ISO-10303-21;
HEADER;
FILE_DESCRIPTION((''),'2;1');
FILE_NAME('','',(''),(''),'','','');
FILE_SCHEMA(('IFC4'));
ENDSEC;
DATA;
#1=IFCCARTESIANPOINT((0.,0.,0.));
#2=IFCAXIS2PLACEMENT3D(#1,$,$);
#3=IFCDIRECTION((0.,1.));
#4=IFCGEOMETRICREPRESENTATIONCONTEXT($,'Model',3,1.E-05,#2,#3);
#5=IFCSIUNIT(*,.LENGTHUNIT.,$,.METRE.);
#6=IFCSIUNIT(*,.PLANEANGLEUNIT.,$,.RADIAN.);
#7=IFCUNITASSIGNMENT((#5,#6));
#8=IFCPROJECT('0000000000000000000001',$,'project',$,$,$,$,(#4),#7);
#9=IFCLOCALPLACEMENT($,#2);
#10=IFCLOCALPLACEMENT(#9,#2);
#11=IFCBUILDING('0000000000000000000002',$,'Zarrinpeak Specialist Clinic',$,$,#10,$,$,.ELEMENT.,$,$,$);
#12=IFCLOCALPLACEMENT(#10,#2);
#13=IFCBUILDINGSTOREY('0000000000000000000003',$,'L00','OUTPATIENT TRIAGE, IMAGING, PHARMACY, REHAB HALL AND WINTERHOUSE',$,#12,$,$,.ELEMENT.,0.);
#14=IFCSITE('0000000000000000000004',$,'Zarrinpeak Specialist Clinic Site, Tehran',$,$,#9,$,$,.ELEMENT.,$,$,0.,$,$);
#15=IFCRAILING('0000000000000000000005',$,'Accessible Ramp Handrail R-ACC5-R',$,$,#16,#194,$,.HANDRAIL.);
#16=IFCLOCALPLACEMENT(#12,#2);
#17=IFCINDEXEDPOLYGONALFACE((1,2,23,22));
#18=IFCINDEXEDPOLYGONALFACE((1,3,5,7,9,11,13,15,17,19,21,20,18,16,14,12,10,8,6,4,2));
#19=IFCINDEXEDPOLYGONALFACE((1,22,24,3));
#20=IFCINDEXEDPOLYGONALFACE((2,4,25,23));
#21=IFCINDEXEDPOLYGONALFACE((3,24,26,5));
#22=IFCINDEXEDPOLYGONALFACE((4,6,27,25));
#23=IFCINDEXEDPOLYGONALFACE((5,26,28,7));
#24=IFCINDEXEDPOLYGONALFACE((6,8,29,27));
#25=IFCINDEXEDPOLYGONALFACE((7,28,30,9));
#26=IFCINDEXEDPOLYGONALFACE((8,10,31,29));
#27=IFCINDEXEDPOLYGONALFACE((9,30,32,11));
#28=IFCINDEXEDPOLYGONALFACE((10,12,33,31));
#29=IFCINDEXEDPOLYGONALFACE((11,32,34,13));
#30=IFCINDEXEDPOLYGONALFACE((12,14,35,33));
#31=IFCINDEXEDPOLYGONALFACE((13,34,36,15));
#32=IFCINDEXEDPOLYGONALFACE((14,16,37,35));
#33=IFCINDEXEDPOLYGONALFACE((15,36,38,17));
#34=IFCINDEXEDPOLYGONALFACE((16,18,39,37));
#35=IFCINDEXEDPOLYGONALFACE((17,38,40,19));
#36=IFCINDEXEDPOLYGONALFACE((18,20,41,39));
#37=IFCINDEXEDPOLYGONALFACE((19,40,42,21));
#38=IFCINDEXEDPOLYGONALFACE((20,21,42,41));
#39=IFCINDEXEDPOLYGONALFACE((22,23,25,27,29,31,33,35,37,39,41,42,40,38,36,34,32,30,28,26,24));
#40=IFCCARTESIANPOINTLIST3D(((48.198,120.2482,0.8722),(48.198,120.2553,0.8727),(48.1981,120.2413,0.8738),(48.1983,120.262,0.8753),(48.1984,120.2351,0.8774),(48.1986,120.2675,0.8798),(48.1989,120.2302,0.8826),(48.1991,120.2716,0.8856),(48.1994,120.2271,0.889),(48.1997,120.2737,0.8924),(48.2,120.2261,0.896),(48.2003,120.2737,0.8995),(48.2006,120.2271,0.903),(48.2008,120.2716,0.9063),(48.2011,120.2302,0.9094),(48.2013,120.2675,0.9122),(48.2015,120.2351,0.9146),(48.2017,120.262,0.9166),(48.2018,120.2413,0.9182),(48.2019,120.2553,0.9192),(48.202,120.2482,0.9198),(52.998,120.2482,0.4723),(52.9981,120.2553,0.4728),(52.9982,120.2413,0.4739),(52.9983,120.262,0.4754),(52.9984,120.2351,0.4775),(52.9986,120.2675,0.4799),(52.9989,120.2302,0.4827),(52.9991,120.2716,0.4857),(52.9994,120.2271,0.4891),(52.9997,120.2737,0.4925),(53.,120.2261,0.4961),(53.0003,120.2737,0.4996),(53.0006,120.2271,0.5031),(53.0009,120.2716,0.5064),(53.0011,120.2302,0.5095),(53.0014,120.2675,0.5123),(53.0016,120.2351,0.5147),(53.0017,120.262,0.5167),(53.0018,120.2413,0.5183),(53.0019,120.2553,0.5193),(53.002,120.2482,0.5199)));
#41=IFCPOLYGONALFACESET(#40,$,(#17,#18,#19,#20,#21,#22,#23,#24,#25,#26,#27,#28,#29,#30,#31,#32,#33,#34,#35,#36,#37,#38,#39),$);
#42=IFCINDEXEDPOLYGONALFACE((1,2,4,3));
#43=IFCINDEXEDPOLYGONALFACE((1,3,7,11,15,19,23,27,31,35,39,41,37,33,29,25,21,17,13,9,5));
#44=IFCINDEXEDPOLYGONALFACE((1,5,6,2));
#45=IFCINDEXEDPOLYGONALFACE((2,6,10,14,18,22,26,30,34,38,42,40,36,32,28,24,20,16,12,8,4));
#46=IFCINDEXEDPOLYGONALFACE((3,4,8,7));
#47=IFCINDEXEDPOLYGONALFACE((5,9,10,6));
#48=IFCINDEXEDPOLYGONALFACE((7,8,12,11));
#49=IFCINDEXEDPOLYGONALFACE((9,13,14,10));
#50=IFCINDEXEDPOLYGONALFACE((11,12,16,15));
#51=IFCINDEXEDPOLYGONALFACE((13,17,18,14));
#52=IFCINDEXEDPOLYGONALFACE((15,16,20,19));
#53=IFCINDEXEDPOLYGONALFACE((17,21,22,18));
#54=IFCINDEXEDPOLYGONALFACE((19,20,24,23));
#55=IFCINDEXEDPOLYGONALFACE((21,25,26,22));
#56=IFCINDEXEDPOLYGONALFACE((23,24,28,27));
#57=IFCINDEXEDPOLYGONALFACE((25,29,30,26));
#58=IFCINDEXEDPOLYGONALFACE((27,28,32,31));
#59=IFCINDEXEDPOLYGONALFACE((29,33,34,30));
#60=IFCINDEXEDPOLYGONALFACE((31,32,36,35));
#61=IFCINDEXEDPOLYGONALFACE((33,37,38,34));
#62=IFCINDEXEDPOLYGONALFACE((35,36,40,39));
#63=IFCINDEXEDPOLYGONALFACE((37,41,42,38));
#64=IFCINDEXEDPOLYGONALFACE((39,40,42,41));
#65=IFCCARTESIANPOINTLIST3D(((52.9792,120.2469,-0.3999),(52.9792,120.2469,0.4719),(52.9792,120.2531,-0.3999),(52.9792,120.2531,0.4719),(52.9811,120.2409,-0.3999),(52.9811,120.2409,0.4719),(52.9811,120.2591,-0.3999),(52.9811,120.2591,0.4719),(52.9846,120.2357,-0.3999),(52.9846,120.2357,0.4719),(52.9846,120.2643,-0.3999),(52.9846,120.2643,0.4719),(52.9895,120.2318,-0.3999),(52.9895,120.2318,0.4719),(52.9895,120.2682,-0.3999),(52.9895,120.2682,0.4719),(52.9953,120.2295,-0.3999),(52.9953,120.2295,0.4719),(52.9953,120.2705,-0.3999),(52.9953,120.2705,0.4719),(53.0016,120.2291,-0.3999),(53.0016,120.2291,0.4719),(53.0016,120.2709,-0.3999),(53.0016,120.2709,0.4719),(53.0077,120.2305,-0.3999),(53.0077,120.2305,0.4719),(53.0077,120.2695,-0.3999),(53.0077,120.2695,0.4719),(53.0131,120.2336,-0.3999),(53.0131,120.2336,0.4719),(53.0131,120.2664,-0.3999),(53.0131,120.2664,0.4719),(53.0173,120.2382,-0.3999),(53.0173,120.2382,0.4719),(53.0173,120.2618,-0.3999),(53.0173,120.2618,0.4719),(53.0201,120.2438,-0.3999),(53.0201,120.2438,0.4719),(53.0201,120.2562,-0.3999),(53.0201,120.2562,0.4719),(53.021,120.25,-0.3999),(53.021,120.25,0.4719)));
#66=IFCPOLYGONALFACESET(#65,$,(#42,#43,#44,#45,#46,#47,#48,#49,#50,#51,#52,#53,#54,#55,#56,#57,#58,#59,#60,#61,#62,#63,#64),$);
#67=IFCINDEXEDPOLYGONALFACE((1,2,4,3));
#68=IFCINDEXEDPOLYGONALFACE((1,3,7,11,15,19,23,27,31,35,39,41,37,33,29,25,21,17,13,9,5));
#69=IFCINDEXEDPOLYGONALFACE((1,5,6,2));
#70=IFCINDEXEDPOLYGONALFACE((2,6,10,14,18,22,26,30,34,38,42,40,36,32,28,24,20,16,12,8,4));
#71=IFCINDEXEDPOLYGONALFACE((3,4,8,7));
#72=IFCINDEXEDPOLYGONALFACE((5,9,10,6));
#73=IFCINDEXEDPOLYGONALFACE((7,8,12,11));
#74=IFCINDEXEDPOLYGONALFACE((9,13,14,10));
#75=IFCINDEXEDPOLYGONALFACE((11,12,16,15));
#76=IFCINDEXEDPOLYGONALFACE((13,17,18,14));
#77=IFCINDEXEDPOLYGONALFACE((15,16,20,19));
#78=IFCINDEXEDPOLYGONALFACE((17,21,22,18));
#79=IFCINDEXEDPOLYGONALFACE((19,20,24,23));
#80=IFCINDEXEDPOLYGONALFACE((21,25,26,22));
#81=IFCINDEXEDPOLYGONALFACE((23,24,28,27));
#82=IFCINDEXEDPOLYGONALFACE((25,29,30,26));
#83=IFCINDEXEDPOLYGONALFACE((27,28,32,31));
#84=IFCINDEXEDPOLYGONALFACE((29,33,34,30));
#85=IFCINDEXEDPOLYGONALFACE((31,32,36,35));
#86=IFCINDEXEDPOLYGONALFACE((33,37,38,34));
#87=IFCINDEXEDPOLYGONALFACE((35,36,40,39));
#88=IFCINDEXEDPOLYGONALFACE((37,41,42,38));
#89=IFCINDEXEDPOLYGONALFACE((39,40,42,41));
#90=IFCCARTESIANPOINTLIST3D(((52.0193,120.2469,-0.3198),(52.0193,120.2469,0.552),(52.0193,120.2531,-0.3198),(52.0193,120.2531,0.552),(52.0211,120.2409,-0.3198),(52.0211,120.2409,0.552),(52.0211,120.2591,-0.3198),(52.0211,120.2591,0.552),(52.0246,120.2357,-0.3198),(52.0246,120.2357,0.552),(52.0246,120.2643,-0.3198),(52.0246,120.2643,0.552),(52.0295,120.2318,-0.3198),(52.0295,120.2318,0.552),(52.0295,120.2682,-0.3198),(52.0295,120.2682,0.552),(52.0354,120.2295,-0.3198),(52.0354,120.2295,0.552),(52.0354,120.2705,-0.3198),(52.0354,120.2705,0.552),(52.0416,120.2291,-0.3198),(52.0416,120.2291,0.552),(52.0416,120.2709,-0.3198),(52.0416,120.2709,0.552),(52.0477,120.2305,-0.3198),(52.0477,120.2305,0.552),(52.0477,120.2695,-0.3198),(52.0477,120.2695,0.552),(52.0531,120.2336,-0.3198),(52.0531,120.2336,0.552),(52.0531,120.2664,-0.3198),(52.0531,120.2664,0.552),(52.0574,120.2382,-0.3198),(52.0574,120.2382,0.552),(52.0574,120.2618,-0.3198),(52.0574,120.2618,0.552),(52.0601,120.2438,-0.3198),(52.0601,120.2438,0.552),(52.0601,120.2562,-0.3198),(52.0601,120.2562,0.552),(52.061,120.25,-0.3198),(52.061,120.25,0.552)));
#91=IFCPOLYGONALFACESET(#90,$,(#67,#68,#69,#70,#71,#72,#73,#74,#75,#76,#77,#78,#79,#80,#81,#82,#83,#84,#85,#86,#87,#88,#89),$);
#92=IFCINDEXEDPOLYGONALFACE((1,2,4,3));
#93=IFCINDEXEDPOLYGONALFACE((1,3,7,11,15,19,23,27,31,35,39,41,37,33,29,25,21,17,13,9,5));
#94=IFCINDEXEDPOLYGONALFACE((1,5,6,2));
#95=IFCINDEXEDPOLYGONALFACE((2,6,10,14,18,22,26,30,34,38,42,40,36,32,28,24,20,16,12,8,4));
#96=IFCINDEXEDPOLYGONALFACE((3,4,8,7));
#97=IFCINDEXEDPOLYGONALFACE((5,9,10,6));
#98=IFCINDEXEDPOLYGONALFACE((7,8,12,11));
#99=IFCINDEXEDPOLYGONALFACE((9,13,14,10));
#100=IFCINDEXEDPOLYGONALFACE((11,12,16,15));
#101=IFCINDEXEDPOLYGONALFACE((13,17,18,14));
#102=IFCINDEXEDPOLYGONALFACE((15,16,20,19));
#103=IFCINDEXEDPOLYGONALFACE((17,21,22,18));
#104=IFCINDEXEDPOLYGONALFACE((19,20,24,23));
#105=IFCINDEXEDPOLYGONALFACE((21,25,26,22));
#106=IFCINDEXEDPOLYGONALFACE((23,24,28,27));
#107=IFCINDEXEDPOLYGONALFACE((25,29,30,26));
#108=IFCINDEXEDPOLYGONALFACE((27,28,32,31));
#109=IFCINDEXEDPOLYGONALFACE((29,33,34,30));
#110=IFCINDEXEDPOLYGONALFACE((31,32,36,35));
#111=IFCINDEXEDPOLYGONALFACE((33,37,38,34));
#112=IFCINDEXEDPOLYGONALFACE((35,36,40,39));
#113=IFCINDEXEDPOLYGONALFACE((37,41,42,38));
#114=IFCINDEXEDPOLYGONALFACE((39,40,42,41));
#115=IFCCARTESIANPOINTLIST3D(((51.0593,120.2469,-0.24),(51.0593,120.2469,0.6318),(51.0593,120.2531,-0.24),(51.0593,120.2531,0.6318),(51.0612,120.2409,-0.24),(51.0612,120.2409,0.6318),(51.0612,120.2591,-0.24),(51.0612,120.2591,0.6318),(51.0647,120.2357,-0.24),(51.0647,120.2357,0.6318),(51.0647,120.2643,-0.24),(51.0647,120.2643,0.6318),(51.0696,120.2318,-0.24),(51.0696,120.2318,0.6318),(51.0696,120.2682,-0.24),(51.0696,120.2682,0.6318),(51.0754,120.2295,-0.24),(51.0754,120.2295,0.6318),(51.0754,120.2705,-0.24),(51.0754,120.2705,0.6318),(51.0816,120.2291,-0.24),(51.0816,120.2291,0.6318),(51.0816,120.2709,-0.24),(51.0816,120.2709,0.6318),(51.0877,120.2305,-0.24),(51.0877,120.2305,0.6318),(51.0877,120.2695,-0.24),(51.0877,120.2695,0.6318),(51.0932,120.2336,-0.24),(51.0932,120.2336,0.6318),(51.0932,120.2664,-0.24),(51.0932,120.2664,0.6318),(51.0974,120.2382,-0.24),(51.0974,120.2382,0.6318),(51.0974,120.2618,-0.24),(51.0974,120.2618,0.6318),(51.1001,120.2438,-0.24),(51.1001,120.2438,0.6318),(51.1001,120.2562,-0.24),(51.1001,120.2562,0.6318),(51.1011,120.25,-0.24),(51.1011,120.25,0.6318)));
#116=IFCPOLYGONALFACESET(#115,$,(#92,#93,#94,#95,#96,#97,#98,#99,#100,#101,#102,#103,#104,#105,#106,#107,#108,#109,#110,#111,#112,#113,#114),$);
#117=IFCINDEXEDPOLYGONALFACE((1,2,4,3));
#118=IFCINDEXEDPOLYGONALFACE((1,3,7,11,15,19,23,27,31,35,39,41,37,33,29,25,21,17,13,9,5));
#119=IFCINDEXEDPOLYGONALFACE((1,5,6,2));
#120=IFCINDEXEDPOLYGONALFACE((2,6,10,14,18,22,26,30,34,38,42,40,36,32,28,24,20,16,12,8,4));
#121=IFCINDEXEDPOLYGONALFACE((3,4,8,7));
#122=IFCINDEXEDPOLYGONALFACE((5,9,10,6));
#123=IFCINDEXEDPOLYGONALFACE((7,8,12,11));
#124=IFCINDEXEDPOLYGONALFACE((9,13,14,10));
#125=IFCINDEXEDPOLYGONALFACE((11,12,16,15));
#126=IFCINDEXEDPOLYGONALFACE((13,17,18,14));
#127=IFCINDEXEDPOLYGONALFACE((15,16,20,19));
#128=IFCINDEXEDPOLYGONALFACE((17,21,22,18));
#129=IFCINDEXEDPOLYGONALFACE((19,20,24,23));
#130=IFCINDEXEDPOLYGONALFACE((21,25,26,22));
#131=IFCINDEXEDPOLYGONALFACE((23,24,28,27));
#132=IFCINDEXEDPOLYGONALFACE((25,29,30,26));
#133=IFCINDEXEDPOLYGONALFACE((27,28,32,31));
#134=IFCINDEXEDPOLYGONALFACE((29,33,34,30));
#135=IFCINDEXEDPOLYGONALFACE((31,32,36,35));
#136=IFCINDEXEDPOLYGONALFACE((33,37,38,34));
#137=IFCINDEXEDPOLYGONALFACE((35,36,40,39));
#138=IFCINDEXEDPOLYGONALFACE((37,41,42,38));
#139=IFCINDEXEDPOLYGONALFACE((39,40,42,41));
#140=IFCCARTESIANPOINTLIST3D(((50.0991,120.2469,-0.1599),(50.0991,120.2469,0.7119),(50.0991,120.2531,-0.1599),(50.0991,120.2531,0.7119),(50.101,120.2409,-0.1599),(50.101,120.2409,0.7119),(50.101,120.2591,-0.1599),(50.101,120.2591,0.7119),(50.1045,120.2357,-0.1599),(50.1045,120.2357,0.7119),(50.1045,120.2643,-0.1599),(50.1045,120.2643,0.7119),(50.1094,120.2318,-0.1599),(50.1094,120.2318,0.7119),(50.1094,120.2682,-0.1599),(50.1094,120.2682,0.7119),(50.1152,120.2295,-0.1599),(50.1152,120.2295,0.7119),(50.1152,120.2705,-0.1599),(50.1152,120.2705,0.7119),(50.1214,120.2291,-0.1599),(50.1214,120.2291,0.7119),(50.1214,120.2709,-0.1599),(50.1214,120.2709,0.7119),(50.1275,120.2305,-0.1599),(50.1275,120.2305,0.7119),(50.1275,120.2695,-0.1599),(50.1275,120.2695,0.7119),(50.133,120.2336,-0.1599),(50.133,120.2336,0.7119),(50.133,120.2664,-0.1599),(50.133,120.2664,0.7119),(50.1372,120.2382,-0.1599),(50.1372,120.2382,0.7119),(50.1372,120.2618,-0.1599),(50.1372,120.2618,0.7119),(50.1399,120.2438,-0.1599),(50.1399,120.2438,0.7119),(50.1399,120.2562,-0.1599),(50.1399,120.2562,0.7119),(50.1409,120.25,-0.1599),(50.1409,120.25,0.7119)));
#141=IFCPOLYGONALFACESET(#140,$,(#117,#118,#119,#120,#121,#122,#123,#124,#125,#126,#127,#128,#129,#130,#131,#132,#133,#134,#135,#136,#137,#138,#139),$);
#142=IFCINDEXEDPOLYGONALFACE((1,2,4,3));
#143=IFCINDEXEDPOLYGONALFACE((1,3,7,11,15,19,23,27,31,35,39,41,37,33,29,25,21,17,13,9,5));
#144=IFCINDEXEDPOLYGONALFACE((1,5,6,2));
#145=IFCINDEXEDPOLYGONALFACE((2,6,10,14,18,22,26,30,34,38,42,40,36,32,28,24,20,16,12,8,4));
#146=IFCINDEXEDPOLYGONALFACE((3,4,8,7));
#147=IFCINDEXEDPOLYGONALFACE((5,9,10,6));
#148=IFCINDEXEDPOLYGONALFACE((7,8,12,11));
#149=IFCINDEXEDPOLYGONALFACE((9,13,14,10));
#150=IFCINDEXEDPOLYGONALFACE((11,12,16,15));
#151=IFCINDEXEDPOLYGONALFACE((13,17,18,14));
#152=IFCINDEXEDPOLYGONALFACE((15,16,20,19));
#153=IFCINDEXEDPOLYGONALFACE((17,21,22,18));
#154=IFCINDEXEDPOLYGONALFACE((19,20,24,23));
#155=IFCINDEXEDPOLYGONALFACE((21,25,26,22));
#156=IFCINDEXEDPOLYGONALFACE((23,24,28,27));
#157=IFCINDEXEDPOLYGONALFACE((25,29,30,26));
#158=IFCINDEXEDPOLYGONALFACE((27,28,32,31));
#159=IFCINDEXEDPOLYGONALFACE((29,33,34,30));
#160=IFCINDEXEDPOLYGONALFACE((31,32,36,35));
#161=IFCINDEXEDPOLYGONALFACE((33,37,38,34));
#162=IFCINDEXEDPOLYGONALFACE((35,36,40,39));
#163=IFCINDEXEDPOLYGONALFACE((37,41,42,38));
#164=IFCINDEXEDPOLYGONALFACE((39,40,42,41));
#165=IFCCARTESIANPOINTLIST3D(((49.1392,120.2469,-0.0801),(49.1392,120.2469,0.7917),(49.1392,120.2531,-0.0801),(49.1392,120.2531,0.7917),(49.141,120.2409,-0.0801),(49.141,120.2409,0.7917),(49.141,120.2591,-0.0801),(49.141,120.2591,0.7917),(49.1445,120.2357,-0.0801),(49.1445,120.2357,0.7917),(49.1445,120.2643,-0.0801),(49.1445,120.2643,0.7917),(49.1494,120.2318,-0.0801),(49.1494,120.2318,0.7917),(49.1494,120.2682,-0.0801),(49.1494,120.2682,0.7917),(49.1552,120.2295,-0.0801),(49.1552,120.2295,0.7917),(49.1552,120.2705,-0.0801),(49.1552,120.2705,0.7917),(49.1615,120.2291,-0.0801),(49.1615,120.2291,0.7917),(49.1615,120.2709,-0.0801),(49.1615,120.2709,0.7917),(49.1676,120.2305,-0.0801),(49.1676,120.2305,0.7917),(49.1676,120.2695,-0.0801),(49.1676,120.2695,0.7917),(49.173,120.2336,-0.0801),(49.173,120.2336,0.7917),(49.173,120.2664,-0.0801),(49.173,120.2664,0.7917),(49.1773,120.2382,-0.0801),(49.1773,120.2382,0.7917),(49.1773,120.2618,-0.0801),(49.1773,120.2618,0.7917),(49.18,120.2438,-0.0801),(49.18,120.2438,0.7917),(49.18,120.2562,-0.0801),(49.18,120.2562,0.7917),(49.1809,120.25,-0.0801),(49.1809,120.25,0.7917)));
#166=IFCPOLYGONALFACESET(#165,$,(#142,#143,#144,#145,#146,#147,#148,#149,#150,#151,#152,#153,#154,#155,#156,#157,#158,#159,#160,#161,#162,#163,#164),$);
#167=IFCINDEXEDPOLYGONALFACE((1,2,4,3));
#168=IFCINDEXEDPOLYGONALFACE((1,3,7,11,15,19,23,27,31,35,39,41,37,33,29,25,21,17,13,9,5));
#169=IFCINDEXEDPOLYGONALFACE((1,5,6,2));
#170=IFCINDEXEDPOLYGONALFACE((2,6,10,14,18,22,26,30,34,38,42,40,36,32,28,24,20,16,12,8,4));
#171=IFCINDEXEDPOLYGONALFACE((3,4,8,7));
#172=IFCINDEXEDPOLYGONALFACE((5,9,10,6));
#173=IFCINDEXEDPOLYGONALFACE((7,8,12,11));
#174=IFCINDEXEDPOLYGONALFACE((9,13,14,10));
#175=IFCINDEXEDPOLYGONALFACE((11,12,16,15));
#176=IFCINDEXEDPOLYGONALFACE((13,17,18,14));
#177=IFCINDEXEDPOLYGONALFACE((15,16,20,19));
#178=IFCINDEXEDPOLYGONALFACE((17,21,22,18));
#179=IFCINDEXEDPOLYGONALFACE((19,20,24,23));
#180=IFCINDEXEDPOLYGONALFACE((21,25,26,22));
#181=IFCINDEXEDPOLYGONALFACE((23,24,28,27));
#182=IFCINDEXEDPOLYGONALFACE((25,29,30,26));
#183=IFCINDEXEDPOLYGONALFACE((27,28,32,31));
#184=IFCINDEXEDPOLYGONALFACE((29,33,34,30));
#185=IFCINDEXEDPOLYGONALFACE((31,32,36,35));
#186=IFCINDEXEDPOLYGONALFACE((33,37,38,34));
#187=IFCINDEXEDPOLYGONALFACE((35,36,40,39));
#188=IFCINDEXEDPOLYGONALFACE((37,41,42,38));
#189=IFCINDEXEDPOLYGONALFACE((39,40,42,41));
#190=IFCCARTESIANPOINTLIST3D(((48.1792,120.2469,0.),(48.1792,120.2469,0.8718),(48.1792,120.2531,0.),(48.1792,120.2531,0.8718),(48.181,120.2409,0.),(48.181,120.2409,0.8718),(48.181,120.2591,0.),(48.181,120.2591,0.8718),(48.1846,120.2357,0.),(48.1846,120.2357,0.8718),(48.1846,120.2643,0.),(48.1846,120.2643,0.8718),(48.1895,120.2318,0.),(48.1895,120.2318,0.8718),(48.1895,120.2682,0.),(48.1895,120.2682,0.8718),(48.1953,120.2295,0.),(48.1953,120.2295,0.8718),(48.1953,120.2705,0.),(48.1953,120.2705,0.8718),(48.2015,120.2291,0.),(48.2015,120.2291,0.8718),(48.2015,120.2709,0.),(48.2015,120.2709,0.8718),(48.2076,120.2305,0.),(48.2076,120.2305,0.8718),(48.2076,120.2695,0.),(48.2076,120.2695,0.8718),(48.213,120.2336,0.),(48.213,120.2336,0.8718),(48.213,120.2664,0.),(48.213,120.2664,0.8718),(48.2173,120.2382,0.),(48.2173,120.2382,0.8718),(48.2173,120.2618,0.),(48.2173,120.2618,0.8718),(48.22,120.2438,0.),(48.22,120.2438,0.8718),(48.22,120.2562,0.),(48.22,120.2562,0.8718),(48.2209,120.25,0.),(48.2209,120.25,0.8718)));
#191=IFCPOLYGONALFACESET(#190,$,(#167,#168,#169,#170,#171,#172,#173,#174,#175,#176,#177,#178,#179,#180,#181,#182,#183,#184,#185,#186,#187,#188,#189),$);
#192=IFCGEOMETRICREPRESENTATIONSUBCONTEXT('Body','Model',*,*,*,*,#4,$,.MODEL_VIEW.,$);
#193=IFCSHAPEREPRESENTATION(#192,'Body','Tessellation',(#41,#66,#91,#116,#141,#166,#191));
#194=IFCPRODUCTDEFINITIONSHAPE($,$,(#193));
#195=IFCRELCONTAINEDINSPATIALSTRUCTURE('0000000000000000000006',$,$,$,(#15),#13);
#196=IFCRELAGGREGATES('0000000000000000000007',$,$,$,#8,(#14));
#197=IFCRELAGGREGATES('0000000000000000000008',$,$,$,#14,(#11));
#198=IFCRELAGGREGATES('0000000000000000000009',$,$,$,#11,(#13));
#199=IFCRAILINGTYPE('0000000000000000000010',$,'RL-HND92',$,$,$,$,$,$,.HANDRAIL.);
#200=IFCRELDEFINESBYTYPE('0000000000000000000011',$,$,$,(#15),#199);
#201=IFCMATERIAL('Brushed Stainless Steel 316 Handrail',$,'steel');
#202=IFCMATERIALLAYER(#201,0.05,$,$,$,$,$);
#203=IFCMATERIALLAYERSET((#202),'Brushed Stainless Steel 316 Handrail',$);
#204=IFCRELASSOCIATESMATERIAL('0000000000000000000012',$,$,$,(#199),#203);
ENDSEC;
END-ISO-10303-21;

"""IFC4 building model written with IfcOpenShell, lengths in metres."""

from ifc_helpers import new_model, si_unit, direction, frame, origin, origin_2d, place, context, subcontext, project, spatial, circle, extrude, material, layer, layer_set, type_object, element, save


model = new_model("IFC4")

# Units and contexts
model_context = context("Model", 3, precision=1e-05, world=origin(), true_north=direction((0.0, 1.0)))
body_context = subcontext(model_context, "Body", "Model", "MODEL_VIEW")
ifc_project = project(units=[si_unit("LENGTHUNIT", "METRE"), si_unit("PLANEANGLEUNIT", "RADIAN")], contexts=[model_context])

# Site, building, storey
site_placement = place(None, origin())
site = spatial("IfcSite", under=ifc_project, at=site_placement, Name="Zarrinpeak Specialist Clinic Site, Tehran", CompositionType="ELEMENT", RefElevation=0.0)
building_placement = place(site_placement, origin())
building = spatial("IfcBuilding", under=site, at=building_placement, Name="Zarrinpeak Specialist Clinic", CompositionType="ELEMENT")
storey_placement = place(building_placement, origin())
storey = spatial("IfcBuildingStorey", under=building, at=storey_placement, Name="L00", Description="OUTPATIENT TRIAGE, IMAGING, PHARMACY, REHAB HALL AND WINTERHOUSE", CompositionType="ELEMENT", Elevation=0.0)

# Railing
ifc_material_1 = material(Name="Brushed Stainless Steel 316 Handrail", Category="steel")
ifc_layer_1 = layer(ifc_material_1, 0.05)
ifc_layer_set_1 = layer_set([ifc_layer_1], Name="Brushed Stainless Steel 316 Handrail")
railing_type_1 = type_object("IfcRailingType", Name="RL-HND92", PredefinedType="HANDRAIL", material=ifc_layer_set_1)
for number, where, name in (
    (1, (53.0, 120.25, -0.3999), "Accessible Ramp Handrail R-ACC5-R"),
):
    element("IfcRailing", number, at=place(storey_placement, frame(where)), inside=storey, type_object=railing_type_1, Name=name, PredefinedType="HANDRAIL", context=body_context, shape_type="SweptSolid", body=[
        extrude(circle(Radius=0.0239, at=origin_2d()), frame((0.0, 0.0, 0.896), z_axis=(-0.996548, 0.0, 0.083025), x_axis=(0.0, -1.0, 0.0)), (0.0, 0.0, 1.0), 4.8167),
        extrude(circle(Radius=0.021, at=origin_2d()), origin(), (0.0, 0.0, 1.0), 0.8718),
        extrude(circle(Radius=0.021, at=origin_2d()), frame((-0.96, 0.0, 0.0801)), (0.0, 0.0, 1.0), 0.8718),
        extrude(circle(Radius=0.021, at=origin_2d()), frame((-1.9199, 0.0, 0.1599)), (0.0, 0.0, 1.0), 0.8718),
        extrude(circle(Radius=0.021, at=origin_2d()), frame((-2.8801, 0.0, 0.24)), (0.0, 0.0, 1.0), 0.8718),
        extrude(circle(Radius=0.021, at=origin_2d()), frame((-3.8401, 0.0, 0.3198)), (0.0, 0.0, 1.0), 0.8718),
        extrude(circle(Radius=0.021, at=origin_2d()), frame((-4.8, 0.0, 0.3999)), (0.0, 0.0, 1.0), 0.8718),
    ])

save(model, "model.ifc")
